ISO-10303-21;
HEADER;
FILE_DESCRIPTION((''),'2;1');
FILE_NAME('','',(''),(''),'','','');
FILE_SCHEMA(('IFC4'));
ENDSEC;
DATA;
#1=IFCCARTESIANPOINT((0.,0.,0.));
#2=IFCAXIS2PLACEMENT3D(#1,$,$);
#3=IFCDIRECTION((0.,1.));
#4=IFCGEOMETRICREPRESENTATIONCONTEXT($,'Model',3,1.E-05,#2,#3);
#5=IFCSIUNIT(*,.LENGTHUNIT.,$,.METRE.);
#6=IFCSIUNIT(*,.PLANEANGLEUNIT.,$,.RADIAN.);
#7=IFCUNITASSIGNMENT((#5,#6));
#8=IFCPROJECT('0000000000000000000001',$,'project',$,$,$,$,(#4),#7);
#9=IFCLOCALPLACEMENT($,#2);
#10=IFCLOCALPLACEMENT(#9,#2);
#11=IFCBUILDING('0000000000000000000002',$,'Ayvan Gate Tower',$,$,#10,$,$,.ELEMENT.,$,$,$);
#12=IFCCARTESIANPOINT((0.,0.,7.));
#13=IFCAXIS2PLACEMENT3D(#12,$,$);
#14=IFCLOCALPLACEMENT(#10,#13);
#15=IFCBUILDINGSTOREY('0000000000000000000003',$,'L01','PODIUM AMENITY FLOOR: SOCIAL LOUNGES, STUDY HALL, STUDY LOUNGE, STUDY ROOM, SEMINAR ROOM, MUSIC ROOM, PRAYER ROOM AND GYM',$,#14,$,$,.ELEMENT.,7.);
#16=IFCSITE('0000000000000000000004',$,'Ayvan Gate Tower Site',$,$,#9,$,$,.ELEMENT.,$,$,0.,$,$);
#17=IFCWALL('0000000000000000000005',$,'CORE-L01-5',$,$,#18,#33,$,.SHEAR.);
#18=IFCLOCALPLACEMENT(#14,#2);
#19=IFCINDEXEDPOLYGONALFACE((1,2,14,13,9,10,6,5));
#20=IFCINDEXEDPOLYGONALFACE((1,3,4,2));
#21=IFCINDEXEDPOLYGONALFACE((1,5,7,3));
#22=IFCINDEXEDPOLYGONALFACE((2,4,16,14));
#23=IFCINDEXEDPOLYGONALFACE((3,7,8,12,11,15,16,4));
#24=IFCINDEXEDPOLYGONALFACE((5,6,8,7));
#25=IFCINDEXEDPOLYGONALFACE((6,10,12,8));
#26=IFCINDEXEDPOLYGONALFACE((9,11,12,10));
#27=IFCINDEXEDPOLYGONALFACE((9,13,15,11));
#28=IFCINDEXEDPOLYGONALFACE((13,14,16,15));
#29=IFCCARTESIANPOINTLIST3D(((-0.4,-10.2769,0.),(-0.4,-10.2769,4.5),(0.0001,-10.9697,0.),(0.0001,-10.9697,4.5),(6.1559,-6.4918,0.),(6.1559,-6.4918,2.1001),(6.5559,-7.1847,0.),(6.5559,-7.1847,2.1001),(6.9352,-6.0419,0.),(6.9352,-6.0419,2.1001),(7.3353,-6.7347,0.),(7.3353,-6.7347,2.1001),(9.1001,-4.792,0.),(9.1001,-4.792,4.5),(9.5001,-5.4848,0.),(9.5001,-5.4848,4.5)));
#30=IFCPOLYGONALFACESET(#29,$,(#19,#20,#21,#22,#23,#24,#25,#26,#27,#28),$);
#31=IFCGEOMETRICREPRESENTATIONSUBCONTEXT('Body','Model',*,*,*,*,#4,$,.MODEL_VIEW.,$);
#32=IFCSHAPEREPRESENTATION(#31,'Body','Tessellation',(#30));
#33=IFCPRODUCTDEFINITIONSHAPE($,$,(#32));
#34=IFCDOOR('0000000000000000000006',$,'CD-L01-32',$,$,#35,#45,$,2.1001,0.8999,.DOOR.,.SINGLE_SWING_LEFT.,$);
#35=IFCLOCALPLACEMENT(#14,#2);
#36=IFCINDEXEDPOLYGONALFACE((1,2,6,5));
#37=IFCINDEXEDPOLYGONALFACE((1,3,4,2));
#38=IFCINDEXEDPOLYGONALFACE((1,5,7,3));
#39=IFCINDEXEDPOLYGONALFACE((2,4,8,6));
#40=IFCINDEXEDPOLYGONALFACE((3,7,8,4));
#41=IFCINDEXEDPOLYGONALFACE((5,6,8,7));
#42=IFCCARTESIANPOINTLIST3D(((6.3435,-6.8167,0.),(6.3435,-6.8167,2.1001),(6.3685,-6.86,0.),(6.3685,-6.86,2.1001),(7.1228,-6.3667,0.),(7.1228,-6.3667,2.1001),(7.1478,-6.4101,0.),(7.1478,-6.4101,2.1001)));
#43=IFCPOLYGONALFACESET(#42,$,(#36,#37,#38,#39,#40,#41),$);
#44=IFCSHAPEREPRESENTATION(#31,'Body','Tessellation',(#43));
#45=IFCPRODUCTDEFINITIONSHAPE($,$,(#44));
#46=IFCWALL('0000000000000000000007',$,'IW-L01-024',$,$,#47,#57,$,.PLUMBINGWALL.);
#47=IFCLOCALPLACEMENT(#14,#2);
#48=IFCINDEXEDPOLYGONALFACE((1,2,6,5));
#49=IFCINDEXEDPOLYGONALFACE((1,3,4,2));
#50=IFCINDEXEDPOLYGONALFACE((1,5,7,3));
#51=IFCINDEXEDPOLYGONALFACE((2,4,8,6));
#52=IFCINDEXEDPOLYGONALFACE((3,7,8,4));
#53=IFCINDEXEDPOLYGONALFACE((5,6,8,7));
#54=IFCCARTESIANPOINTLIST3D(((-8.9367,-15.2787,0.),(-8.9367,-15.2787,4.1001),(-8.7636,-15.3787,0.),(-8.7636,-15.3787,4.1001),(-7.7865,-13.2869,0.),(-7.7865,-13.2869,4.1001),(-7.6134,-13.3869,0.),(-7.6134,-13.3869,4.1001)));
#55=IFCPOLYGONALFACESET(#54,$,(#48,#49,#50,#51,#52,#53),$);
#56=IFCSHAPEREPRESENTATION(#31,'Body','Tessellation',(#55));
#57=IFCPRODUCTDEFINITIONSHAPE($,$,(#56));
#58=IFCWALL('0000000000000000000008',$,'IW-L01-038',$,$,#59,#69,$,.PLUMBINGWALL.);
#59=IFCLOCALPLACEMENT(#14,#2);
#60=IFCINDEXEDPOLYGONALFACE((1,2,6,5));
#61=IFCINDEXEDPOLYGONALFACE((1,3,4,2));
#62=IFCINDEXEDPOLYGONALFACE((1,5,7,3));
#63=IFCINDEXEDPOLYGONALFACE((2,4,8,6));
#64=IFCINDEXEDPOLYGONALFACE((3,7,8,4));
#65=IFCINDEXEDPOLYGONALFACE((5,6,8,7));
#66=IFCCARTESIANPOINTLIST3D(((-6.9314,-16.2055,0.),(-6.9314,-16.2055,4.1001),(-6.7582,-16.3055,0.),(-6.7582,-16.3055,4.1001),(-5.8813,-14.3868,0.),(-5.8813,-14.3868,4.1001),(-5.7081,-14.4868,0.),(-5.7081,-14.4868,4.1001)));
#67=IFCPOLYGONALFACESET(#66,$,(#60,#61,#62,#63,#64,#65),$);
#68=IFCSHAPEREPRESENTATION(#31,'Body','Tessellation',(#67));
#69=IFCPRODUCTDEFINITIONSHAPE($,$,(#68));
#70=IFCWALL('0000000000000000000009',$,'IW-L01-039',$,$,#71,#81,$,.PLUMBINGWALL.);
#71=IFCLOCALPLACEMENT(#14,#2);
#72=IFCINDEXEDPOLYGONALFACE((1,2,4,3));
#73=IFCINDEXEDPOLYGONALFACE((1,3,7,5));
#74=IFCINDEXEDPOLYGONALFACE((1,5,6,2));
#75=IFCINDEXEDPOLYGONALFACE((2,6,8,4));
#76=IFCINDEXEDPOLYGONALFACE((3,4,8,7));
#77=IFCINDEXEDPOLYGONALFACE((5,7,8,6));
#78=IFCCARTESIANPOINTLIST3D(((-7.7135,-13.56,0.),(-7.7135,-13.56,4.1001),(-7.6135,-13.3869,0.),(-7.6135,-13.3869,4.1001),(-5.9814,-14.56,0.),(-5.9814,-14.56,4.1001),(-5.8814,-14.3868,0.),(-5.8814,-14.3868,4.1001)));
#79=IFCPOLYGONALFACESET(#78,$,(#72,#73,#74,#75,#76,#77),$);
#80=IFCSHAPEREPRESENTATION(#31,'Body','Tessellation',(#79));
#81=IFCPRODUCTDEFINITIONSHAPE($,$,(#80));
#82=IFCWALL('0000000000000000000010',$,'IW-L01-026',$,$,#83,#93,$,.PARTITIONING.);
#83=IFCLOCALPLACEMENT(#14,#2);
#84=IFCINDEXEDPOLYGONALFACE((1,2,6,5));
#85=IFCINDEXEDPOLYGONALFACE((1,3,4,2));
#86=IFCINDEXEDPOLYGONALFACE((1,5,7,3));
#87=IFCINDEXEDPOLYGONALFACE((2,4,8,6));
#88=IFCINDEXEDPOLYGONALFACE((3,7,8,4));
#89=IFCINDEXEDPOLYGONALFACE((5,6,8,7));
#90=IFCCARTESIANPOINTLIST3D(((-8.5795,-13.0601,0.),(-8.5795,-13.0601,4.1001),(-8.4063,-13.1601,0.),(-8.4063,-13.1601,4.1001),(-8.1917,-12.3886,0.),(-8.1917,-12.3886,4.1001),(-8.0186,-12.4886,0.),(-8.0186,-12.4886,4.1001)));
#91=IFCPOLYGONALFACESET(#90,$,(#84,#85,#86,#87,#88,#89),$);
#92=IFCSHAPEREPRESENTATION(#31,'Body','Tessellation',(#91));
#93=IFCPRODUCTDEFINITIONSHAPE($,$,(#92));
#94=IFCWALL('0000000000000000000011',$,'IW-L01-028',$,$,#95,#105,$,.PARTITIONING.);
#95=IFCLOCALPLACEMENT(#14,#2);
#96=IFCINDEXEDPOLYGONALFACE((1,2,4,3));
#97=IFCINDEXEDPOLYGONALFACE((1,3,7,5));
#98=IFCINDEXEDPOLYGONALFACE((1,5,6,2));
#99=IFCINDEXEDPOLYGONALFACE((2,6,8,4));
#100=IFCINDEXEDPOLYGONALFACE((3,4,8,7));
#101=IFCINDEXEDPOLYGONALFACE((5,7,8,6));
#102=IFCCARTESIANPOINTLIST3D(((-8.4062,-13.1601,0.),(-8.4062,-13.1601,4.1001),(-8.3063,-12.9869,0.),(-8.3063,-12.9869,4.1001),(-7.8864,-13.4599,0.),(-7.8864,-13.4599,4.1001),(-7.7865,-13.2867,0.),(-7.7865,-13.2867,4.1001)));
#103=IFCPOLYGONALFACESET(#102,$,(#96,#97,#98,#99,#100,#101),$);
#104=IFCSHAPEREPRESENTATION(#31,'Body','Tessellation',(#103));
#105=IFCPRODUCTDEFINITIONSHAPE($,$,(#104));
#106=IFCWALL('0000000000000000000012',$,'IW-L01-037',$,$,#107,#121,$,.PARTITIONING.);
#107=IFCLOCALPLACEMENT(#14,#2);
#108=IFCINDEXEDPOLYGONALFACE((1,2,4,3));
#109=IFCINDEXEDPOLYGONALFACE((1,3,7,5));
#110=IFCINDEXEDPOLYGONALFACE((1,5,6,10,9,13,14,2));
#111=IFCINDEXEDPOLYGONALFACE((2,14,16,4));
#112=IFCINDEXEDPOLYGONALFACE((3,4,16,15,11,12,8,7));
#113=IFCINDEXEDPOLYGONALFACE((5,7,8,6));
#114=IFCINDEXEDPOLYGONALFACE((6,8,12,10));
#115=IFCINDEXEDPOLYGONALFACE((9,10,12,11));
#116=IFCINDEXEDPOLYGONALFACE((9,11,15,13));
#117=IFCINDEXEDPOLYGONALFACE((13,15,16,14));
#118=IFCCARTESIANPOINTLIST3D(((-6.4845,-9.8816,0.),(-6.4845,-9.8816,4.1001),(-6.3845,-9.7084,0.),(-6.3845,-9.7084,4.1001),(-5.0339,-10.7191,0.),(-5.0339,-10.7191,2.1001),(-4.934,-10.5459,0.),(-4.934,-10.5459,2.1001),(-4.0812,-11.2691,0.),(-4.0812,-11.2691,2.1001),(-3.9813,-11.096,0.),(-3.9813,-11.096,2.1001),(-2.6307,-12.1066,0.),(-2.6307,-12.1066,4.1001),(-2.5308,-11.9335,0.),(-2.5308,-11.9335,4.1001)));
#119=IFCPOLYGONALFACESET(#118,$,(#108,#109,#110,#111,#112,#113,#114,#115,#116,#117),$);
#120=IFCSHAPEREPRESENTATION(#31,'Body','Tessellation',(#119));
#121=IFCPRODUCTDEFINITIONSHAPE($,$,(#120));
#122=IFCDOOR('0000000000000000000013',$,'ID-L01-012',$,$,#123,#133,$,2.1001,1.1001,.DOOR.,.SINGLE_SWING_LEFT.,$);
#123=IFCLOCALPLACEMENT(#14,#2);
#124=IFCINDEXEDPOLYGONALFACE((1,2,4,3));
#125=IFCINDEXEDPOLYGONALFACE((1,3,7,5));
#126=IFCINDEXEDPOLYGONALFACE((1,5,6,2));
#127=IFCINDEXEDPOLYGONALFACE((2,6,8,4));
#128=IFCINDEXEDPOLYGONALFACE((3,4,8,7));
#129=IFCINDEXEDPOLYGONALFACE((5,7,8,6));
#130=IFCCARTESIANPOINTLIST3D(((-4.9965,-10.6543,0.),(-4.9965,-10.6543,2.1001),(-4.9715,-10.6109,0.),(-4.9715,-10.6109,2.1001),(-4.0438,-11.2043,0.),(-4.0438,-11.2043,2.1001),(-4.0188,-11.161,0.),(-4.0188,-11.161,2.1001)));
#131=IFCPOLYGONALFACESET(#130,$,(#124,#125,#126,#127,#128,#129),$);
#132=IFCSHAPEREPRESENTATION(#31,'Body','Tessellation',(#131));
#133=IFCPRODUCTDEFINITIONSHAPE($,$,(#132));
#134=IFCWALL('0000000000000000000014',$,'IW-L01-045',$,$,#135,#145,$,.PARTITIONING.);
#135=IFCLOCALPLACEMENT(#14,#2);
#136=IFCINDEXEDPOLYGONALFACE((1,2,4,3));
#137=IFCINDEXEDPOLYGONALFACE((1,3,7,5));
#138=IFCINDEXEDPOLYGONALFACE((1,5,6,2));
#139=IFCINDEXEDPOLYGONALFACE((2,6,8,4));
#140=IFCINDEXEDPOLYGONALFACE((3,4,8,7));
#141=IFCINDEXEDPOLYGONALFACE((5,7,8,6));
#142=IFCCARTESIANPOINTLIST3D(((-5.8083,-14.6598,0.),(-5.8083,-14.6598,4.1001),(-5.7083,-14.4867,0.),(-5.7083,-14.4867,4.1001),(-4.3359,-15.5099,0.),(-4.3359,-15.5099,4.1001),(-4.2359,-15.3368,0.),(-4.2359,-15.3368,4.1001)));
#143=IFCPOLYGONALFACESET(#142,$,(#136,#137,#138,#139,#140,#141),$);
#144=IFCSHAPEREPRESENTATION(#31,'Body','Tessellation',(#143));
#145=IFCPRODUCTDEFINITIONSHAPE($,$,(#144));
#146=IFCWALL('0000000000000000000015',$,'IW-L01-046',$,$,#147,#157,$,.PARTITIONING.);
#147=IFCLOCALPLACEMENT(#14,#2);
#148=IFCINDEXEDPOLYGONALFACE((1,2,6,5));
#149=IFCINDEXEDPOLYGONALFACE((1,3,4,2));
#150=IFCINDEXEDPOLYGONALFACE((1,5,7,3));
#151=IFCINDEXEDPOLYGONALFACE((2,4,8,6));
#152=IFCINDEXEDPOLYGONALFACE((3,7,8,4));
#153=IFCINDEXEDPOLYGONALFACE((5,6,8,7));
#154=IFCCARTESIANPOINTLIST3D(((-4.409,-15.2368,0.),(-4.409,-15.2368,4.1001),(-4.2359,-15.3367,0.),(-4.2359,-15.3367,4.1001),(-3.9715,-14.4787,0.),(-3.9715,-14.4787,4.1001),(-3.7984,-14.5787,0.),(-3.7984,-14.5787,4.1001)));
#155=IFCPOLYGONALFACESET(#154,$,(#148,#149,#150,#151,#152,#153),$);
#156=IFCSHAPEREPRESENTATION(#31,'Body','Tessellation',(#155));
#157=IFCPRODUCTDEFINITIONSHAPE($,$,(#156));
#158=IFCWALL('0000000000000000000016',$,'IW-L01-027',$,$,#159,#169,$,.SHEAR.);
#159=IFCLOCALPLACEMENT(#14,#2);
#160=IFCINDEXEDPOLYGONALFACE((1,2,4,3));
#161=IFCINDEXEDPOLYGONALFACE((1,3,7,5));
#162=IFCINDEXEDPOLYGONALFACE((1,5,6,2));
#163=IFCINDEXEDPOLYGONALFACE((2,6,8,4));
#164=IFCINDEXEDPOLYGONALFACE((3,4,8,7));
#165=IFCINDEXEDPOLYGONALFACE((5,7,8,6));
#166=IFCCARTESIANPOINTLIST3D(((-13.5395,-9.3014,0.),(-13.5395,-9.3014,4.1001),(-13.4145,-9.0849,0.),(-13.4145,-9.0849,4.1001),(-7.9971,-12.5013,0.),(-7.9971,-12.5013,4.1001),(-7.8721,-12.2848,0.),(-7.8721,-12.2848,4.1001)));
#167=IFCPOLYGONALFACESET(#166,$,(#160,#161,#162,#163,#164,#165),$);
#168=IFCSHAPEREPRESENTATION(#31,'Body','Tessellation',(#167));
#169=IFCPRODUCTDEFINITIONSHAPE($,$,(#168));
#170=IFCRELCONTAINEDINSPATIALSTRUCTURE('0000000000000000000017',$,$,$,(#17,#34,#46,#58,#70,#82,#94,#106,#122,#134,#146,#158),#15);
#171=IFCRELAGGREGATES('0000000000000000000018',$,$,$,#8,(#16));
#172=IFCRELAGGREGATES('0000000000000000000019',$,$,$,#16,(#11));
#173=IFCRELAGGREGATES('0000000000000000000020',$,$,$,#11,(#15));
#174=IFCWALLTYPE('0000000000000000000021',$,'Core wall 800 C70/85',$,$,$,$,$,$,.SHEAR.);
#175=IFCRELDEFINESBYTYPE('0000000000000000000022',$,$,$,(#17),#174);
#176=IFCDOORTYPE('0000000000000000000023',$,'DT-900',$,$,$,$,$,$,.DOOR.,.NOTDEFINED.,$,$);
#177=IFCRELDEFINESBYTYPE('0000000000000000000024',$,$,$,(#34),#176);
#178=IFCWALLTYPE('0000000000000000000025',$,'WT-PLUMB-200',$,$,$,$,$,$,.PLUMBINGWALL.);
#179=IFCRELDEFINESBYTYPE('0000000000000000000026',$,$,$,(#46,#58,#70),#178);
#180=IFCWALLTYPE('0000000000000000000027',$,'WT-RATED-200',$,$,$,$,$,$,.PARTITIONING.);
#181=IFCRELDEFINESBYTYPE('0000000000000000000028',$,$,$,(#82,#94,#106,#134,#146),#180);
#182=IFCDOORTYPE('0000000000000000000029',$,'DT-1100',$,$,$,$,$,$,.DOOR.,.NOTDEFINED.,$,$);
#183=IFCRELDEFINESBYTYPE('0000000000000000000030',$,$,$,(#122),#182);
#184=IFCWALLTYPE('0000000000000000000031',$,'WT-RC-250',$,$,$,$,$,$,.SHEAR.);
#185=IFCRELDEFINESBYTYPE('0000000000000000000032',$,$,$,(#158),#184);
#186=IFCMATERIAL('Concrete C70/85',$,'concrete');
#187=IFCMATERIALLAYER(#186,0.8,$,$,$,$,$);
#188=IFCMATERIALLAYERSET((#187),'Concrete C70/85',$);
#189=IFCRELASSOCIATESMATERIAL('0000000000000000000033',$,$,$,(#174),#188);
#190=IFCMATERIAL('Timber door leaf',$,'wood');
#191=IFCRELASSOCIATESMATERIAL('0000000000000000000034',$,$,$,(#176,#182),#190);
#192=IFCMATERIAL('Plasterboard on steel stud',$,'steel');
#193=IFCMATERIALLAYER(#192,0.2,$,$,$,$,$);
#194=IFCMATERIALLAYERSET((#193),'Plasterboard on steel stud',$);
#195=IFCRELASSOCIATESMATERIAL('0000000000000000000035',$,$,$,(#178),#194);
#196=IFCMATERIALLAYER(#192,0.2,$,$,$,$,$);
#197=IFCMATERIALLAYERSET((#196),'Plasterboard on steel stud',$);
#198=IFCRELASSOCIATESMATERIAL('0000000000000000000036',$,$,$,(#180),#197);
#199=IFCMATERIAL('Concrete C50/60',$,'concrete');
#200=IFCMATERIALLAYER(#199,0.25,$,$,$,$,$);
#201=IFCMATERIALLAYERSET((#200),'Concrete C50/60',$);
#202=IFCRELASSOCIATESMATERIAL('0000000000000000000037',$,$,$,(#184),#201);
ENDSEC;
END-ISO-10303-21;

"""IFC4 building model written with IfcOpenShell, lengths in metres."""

from ifc_helpers import new_model, si_unit, direction, frame, frame_2d, origin, place, context, subcontext, project, spatial, rectangle, extrude, material, layer, layer_set, type_object, element, fill, save


model = new_model("IFC4")

# Units and contexts
model_context = context("Model", 3, precision=1e-05, world=origin(), true_north=direction((0.0, 1.0)))
body_context = subcontext(model_context, "Body", "Model", "MODEL_VIEW")
ifc_project = project(units=[si_unit("LENGTHUNIT", "METRE"), si_unit("PLANEANGLEUNIT", "RADIAN")], contexts=[model_context])

# Site, building, storey
site_placement = place(None, origin())
site = spatial("IfcSite", under=ifc_project, at=site_placement, Name="Ayvan Gate Tower Site", CompositionType="ELEMENT", RefElevation=0.0)
building_placement = place(site_placement, origin())
building = spatial("IfcBuilding", under=site, at=building_placement, Name="Ayvan Gate Tower", CompositionType="ELEMENT")
storey_placement = place(building_placement, frame((0.0, 0.0, 7.0)))
storey = spatial("IfcBuildingStorey", under=building, at=storey_placement, Name="L01", Description="PODIUM AMENITY FLOOR: SOCIAL LOUNGES, STUDY HALL, STUDY LOUNGE, STUDY ROOM, SEMINAR ROOM, MUSIC ROOM, PRAYER ROOM AND GYM", CompositionType="ELEMENT", Elevation=7.0)

# Wall, opening, door
ifc_material_1 = material(Name="Concrete C70/85", Category="concrete")
ifc_layer_1 = layer(ifc_material_1, 0.8)
ifc_layer_set_1 = layer_set([ifc_layer_1], Name="Concrete C70/85")
wall_type_1 = type_object("IfcWallType", Name="Core wall 800 C70/85", PredefinedType="SHEAR", material=ifc_layer_set_1)
wall_1_placement = place(storey_placement, frame((-0.2, -10.6233, 0.0), z_axis=(0.0, 0.0, 1.0), x_axis=(0.866024, 0.500002, 0.0)))
wall_1 = element("IfcWall", 1, at=wall_1_placement, inside=storey, type_object=wall_type_1, Name="CORE-L01-5", PredefinedType="SHEAR", context=body_context, shape_type="SweptSolid", body=[
    extrude(rectangle(XDim=10.9697, YDim=0.8, at=frame_2d((5.4849, 0.0))), origin(), (0.0, 0.0, 1.0), 4.5),
])
opening_1_placement = place(wall_1_placement, frame((7.5701, 0.0, 0.0)))
opening_1 = element("IfcOpeningElement", 2, at=opening_1_placement, cuts=wall_1, PredefinedType="OPENING", context=body_context, shape_type="SweptSolid", body=[
    extrude(rectangle(XDim=0.8999, YDim=2.1001, at=frame_2d((0.45, 1.05))), frame((0.0, 0.4099, 0.0), z_axis=(0.0, -1.0, 0.0), x_axis=(1.0, 0.0, 0.0)), (0.0, 0.0, 1.0), 0.8201),
])
ifc_material_2 = material(Name="Timber door leaf", Category="wood")
door_type_1 = type_object("IfcDoorType", Name="DT-900", OperationType="NOTDEFINED", PredefinedType="DOOR", material=ifc_material_2)
door_1_placement = place(opening_1_placement, origin())
door_1 = element("IfcDoor", 3, at=door_1_placement, inside=storey, type_object=door_type_1, Name="CD-L01-32", OperationType="SINGLE_SWING_LEFT", OverallHeight=2.1001, OverallWidth=0.8999, PredefinedType="DOOR", context=body_context, shape_type="SweptSolid", body=[
    extrude(rectangle(XDim=0.8999, YDim=2.1001, at=frame_2d((0.45, 1.05))), frame((0.0, 0.0249, 0.0), z_axis=(0.0, -1.0, 0.0), x_axis=(1.0, 0.0, 0.0)), (0.0, 0.0, 1.0), 0.05),
])
fill(opening_1, door_1)

# Walls
ifc_material_3 = material(Name="Plasterboard on steel stud", Category="steel")
ifc_layer_2 = layer(ifc_material_3, 0.2)
ifc_layer_set_2 = layer_set([ifc_layer_2], Name="Plasterboard on steel stud")
wall_type_2 = type_object("IfcWallType", Name="WT-PLUMB-200", PredefinedType="PLUMBINGWALL", material=ifc_layer_set_2)
wall_2_placement = place(storey_placement, frame((-8.8501, -15.3286, 0.0), z_axis=(0.0, 0.0, 1.0), x_axis=(0.500078, 0.865981, 0.0)))
element("IfcWall", 4, at=wall_2_placement, inside=storey, type_object=wall_type_2, Name="IW-L01-024", PredefinedType="PLUMBINGWALL", context=body_context, shape_type="SweptSolid", body=[
    extrude(rectangle(XDim=2.3, YDim=0.2, at=frame_2d((1.1499, 0.0))), origin(), (0.0, 0.0, 1.0), 4.1001),
])
wall_3_placement = place(storey_placement, frame((-5.7947, -14.4368, 0.0), z_axis=(0.0, 0.0, 1.0), x_axis=(-0.500028, -0.866009, 0.0)))
element("IfcWall", 5, at=wall_3_placement, inside=storey, type_object=wall_type_2, Name="IW-L01-038", PredefinedType="PLUMBINGWALL", context=body_context, shape_type="SweptSolid", body=[
    extrude(rectangle(XDim=2.1001, YDim=0.2, at=frame_2d((1.05, 0.0))), origin(), (0.0, 0.0, 1.0), 4.1001),
])
wall_4_placement = place(storey_placement, frame((-5.9314, -14.4734, 0.0), z_axis=(0.0, 0.0, 1.0), x_axis=(-0.866041, 0.499973, 0.0)))
element("IfcWall", 6, at=wall_4_placement, inside=storey, type_object=wall_type_2, Name="IW-L01-039", PredefinedType="PLUMBINGWALL", context=body_context, shape_type="SweptSolid", body=[
    extrude(rectangle(XDim=2.0, YDim=0.2, at=frame_2d((1.0, 0.0))), origin(), (0.0, 0.0, 1.0), 4.1001),
])
ifc_layer_3 = layer(ifc_material_3, 0.2)
ifc_layer_set_3 = layer_set([ifc_layer_3], Name="Plasterboard on steel stud")
wall_type_3 = type_object("IfcWallType", Name="WT-RATED-200", PredefinedType="PARTITIONING", material=ifc_layer_set_3)
wall_5_placement = place(storey_placement, frame((-8.4929, -13.1101, 0.0), z_axis=(0.0, 0.0, 1.0), x_axis=(0.500068, 0.865986, 0.0)))
element("IfcWall", 7, at=wall_5_placement, inside=storey, type_object=wall_type_3, Name="IW-L01-026", PredefinedType="PARTITIONING", context=body_context, shape_type="SweptSolid", body=[
    extrude(rectangle(XDim=0.7754, YDim=0.2, at=frame_2d((0.3877, 0.0))), origin(), (0.0, 0.0, 1.0), 4.1001),
])
wall_6_placement = place(storey_placement, frame((-7.8364, -13.3733, 0.0), z_axis=(0.0, 0.0, 1.0), x_axis=(-0.866233, 0.49964, 0.0)))
element("IfcWall", 8, at=wall_6_placement, inside=storey, type_object=wall_type_3, Name="IW-L01-028", PredefinedType="PARTITIONING", context=body_context, shape_type="SweptSolid", body=[
    extrude(rectangle(XDim=0.6001, YDim=0.2, at=frame_2d((0.3, 0.0))), origin(), (0.0, 0.0, 1.0), 4.1001),
])

# Wall, opening, door
wall_7_placement = place(storey_placement, frame((-6.4346, -9.7949, 0.0), z_axis=(0.0, 0.0, 1.0), x_axis=(0.866013, -0.500022, 0.0)))
wall_7 = element("IfcWall", 9, at=wall_7_placement, inside=storey, type_object=wall_type_3, Name="IW-L01-037", PredefinedType="PARTITIONING", context=body_context, shape_type="SweptSolid", body=[
    extrude(rectangle(XDim=4.45, YDim=0.2, at=frame_2d((2.2251, 0.0))), origin(), (0.0, 0.0, 1.0), 4.1001),
])
opening_2_placement = place(wall_7_placement, frame((1.675, 0.0, 0.0)))
opening_2 = element("IfcOpeningElement", 10, at=opening_2_placement, cuts=wall_7, PredefinedType="OPENING", context=body_context, shape_type="SweptSolid", body=[
    extrude(rectangle(XDim=1.1001, YDim=2.1001, at=frame_2d((0.55, 1.05))), frame((0.0, 0.1099, 0.0), z_axis=(0.0, -1.0, 0.0), x_axis=(1.0, 0.0, 0.0)), (0.0, 0.0, 1.0), 0.22),
])
door_type_2 = type_object("IfcDoorType", Name="DT-1100", OperationType="NOTDEFINED", PredefinedType="DOOR", material=ifc_material_2)
door_2_placement = place(opening_2_placement, origin())
door_2 = element("IfcDoor", 11, at=door_2_placement, inside=storey, type_object=door_type_2, Name="ID-L01-012", OperationType="SINGLE_SWING_LEFT", OverallHeight=2.1001, OverallWidth=1.1001, PredefinedType="DOOR", context=body_context, shape_type="SweptSolid", body=[
    extrude(rectangle(XDim=1.1001, YDim=2.1001, at=frame_2d((0.55, 1.05))), frame((0.0, 0.0249, 0.0), z_axis=(0.0, -1.0, 0.0), x_axis=(1.0, 0.0, 0.0)), (0.0, 0.0, 1.0), 0.05),
])
fill(opening_2, door_2)

# Walls
wall_8_placement = place(storey_placement, frame((-4.2859, -15.4233, 0.0), z_axis=(0.0, 0.0, 1.0), x_axis=(-0.866025, 0.5, 0.0)))
element("IfcWall", 12, at=wall_8_placement, inside=storey, type_object=wall_type_3, Name="IW-L01-045", PredefinedType="PARTITIONING", context=body_context, shape_type="SweptSolid", body=[
    extrude(rectangle(XDim=1.7002, YDim=0.2, at=frame_2d((0.8501, 0.0))), origin(), (0.0, 0.0, 1.0), 4.1001),
])
wall_9_placement = place(storey_placement, frame((-3.885, -14.5288, 0.0), z_axis=(0.0, 0.0, 1.0), x_axis=(-0.499859, -0.866107, 0.0)))
element("IfcWall", 13, at=wall_9_placement, inside=storey, type_object=wall_type_3, Name="IW-L01-046", PredefinedType="PARTITIONING", context=body_context, shape_type="SweptSolid", body=[
    extrude(rectangle(XDim=0.8752, YDim=0.2, at=frame_2d((0.4375, 0.0))), origin(), (0.0, 0.0, 1.0), 4.1001),
])
ifc_material_4 = material(Name="Concrete C50/60", Category="concrete")
ifc_layer_4 = layer(ifc_material_4, 0.25)
ifc_layer_set_4 = layer_set([ifc_layer_4], Name="Concrete C50/60")
wall_type_4 = type_object("IfcWallType", Name="WT-RC-250", PredefinedType="SHEAR", material=ifc_layer_set_4)
wall_10_placement = place(storey_placement, frame((-7.9346, -12.3931, 0.0), z_axis=(0.0, 0.0, 1.0), x_axis=(-0.866025, 0.5, 0.0)))
element("IfcWall", 14, at=wall_10_placement, inside=storey, type_object=wall_type_4, Name="IW-L01-027", PredefinedType="SHEAR", context=body_context, shape_type="SweptSolid", body=[
    extrude(rectangle(XDim=6.3999, YDim=0.25, at=frame_2d((3.2, 0.0))), origin(), (0.0, 0.0, 1.0), 4.1001),
])

save(model, "model.ifc")
